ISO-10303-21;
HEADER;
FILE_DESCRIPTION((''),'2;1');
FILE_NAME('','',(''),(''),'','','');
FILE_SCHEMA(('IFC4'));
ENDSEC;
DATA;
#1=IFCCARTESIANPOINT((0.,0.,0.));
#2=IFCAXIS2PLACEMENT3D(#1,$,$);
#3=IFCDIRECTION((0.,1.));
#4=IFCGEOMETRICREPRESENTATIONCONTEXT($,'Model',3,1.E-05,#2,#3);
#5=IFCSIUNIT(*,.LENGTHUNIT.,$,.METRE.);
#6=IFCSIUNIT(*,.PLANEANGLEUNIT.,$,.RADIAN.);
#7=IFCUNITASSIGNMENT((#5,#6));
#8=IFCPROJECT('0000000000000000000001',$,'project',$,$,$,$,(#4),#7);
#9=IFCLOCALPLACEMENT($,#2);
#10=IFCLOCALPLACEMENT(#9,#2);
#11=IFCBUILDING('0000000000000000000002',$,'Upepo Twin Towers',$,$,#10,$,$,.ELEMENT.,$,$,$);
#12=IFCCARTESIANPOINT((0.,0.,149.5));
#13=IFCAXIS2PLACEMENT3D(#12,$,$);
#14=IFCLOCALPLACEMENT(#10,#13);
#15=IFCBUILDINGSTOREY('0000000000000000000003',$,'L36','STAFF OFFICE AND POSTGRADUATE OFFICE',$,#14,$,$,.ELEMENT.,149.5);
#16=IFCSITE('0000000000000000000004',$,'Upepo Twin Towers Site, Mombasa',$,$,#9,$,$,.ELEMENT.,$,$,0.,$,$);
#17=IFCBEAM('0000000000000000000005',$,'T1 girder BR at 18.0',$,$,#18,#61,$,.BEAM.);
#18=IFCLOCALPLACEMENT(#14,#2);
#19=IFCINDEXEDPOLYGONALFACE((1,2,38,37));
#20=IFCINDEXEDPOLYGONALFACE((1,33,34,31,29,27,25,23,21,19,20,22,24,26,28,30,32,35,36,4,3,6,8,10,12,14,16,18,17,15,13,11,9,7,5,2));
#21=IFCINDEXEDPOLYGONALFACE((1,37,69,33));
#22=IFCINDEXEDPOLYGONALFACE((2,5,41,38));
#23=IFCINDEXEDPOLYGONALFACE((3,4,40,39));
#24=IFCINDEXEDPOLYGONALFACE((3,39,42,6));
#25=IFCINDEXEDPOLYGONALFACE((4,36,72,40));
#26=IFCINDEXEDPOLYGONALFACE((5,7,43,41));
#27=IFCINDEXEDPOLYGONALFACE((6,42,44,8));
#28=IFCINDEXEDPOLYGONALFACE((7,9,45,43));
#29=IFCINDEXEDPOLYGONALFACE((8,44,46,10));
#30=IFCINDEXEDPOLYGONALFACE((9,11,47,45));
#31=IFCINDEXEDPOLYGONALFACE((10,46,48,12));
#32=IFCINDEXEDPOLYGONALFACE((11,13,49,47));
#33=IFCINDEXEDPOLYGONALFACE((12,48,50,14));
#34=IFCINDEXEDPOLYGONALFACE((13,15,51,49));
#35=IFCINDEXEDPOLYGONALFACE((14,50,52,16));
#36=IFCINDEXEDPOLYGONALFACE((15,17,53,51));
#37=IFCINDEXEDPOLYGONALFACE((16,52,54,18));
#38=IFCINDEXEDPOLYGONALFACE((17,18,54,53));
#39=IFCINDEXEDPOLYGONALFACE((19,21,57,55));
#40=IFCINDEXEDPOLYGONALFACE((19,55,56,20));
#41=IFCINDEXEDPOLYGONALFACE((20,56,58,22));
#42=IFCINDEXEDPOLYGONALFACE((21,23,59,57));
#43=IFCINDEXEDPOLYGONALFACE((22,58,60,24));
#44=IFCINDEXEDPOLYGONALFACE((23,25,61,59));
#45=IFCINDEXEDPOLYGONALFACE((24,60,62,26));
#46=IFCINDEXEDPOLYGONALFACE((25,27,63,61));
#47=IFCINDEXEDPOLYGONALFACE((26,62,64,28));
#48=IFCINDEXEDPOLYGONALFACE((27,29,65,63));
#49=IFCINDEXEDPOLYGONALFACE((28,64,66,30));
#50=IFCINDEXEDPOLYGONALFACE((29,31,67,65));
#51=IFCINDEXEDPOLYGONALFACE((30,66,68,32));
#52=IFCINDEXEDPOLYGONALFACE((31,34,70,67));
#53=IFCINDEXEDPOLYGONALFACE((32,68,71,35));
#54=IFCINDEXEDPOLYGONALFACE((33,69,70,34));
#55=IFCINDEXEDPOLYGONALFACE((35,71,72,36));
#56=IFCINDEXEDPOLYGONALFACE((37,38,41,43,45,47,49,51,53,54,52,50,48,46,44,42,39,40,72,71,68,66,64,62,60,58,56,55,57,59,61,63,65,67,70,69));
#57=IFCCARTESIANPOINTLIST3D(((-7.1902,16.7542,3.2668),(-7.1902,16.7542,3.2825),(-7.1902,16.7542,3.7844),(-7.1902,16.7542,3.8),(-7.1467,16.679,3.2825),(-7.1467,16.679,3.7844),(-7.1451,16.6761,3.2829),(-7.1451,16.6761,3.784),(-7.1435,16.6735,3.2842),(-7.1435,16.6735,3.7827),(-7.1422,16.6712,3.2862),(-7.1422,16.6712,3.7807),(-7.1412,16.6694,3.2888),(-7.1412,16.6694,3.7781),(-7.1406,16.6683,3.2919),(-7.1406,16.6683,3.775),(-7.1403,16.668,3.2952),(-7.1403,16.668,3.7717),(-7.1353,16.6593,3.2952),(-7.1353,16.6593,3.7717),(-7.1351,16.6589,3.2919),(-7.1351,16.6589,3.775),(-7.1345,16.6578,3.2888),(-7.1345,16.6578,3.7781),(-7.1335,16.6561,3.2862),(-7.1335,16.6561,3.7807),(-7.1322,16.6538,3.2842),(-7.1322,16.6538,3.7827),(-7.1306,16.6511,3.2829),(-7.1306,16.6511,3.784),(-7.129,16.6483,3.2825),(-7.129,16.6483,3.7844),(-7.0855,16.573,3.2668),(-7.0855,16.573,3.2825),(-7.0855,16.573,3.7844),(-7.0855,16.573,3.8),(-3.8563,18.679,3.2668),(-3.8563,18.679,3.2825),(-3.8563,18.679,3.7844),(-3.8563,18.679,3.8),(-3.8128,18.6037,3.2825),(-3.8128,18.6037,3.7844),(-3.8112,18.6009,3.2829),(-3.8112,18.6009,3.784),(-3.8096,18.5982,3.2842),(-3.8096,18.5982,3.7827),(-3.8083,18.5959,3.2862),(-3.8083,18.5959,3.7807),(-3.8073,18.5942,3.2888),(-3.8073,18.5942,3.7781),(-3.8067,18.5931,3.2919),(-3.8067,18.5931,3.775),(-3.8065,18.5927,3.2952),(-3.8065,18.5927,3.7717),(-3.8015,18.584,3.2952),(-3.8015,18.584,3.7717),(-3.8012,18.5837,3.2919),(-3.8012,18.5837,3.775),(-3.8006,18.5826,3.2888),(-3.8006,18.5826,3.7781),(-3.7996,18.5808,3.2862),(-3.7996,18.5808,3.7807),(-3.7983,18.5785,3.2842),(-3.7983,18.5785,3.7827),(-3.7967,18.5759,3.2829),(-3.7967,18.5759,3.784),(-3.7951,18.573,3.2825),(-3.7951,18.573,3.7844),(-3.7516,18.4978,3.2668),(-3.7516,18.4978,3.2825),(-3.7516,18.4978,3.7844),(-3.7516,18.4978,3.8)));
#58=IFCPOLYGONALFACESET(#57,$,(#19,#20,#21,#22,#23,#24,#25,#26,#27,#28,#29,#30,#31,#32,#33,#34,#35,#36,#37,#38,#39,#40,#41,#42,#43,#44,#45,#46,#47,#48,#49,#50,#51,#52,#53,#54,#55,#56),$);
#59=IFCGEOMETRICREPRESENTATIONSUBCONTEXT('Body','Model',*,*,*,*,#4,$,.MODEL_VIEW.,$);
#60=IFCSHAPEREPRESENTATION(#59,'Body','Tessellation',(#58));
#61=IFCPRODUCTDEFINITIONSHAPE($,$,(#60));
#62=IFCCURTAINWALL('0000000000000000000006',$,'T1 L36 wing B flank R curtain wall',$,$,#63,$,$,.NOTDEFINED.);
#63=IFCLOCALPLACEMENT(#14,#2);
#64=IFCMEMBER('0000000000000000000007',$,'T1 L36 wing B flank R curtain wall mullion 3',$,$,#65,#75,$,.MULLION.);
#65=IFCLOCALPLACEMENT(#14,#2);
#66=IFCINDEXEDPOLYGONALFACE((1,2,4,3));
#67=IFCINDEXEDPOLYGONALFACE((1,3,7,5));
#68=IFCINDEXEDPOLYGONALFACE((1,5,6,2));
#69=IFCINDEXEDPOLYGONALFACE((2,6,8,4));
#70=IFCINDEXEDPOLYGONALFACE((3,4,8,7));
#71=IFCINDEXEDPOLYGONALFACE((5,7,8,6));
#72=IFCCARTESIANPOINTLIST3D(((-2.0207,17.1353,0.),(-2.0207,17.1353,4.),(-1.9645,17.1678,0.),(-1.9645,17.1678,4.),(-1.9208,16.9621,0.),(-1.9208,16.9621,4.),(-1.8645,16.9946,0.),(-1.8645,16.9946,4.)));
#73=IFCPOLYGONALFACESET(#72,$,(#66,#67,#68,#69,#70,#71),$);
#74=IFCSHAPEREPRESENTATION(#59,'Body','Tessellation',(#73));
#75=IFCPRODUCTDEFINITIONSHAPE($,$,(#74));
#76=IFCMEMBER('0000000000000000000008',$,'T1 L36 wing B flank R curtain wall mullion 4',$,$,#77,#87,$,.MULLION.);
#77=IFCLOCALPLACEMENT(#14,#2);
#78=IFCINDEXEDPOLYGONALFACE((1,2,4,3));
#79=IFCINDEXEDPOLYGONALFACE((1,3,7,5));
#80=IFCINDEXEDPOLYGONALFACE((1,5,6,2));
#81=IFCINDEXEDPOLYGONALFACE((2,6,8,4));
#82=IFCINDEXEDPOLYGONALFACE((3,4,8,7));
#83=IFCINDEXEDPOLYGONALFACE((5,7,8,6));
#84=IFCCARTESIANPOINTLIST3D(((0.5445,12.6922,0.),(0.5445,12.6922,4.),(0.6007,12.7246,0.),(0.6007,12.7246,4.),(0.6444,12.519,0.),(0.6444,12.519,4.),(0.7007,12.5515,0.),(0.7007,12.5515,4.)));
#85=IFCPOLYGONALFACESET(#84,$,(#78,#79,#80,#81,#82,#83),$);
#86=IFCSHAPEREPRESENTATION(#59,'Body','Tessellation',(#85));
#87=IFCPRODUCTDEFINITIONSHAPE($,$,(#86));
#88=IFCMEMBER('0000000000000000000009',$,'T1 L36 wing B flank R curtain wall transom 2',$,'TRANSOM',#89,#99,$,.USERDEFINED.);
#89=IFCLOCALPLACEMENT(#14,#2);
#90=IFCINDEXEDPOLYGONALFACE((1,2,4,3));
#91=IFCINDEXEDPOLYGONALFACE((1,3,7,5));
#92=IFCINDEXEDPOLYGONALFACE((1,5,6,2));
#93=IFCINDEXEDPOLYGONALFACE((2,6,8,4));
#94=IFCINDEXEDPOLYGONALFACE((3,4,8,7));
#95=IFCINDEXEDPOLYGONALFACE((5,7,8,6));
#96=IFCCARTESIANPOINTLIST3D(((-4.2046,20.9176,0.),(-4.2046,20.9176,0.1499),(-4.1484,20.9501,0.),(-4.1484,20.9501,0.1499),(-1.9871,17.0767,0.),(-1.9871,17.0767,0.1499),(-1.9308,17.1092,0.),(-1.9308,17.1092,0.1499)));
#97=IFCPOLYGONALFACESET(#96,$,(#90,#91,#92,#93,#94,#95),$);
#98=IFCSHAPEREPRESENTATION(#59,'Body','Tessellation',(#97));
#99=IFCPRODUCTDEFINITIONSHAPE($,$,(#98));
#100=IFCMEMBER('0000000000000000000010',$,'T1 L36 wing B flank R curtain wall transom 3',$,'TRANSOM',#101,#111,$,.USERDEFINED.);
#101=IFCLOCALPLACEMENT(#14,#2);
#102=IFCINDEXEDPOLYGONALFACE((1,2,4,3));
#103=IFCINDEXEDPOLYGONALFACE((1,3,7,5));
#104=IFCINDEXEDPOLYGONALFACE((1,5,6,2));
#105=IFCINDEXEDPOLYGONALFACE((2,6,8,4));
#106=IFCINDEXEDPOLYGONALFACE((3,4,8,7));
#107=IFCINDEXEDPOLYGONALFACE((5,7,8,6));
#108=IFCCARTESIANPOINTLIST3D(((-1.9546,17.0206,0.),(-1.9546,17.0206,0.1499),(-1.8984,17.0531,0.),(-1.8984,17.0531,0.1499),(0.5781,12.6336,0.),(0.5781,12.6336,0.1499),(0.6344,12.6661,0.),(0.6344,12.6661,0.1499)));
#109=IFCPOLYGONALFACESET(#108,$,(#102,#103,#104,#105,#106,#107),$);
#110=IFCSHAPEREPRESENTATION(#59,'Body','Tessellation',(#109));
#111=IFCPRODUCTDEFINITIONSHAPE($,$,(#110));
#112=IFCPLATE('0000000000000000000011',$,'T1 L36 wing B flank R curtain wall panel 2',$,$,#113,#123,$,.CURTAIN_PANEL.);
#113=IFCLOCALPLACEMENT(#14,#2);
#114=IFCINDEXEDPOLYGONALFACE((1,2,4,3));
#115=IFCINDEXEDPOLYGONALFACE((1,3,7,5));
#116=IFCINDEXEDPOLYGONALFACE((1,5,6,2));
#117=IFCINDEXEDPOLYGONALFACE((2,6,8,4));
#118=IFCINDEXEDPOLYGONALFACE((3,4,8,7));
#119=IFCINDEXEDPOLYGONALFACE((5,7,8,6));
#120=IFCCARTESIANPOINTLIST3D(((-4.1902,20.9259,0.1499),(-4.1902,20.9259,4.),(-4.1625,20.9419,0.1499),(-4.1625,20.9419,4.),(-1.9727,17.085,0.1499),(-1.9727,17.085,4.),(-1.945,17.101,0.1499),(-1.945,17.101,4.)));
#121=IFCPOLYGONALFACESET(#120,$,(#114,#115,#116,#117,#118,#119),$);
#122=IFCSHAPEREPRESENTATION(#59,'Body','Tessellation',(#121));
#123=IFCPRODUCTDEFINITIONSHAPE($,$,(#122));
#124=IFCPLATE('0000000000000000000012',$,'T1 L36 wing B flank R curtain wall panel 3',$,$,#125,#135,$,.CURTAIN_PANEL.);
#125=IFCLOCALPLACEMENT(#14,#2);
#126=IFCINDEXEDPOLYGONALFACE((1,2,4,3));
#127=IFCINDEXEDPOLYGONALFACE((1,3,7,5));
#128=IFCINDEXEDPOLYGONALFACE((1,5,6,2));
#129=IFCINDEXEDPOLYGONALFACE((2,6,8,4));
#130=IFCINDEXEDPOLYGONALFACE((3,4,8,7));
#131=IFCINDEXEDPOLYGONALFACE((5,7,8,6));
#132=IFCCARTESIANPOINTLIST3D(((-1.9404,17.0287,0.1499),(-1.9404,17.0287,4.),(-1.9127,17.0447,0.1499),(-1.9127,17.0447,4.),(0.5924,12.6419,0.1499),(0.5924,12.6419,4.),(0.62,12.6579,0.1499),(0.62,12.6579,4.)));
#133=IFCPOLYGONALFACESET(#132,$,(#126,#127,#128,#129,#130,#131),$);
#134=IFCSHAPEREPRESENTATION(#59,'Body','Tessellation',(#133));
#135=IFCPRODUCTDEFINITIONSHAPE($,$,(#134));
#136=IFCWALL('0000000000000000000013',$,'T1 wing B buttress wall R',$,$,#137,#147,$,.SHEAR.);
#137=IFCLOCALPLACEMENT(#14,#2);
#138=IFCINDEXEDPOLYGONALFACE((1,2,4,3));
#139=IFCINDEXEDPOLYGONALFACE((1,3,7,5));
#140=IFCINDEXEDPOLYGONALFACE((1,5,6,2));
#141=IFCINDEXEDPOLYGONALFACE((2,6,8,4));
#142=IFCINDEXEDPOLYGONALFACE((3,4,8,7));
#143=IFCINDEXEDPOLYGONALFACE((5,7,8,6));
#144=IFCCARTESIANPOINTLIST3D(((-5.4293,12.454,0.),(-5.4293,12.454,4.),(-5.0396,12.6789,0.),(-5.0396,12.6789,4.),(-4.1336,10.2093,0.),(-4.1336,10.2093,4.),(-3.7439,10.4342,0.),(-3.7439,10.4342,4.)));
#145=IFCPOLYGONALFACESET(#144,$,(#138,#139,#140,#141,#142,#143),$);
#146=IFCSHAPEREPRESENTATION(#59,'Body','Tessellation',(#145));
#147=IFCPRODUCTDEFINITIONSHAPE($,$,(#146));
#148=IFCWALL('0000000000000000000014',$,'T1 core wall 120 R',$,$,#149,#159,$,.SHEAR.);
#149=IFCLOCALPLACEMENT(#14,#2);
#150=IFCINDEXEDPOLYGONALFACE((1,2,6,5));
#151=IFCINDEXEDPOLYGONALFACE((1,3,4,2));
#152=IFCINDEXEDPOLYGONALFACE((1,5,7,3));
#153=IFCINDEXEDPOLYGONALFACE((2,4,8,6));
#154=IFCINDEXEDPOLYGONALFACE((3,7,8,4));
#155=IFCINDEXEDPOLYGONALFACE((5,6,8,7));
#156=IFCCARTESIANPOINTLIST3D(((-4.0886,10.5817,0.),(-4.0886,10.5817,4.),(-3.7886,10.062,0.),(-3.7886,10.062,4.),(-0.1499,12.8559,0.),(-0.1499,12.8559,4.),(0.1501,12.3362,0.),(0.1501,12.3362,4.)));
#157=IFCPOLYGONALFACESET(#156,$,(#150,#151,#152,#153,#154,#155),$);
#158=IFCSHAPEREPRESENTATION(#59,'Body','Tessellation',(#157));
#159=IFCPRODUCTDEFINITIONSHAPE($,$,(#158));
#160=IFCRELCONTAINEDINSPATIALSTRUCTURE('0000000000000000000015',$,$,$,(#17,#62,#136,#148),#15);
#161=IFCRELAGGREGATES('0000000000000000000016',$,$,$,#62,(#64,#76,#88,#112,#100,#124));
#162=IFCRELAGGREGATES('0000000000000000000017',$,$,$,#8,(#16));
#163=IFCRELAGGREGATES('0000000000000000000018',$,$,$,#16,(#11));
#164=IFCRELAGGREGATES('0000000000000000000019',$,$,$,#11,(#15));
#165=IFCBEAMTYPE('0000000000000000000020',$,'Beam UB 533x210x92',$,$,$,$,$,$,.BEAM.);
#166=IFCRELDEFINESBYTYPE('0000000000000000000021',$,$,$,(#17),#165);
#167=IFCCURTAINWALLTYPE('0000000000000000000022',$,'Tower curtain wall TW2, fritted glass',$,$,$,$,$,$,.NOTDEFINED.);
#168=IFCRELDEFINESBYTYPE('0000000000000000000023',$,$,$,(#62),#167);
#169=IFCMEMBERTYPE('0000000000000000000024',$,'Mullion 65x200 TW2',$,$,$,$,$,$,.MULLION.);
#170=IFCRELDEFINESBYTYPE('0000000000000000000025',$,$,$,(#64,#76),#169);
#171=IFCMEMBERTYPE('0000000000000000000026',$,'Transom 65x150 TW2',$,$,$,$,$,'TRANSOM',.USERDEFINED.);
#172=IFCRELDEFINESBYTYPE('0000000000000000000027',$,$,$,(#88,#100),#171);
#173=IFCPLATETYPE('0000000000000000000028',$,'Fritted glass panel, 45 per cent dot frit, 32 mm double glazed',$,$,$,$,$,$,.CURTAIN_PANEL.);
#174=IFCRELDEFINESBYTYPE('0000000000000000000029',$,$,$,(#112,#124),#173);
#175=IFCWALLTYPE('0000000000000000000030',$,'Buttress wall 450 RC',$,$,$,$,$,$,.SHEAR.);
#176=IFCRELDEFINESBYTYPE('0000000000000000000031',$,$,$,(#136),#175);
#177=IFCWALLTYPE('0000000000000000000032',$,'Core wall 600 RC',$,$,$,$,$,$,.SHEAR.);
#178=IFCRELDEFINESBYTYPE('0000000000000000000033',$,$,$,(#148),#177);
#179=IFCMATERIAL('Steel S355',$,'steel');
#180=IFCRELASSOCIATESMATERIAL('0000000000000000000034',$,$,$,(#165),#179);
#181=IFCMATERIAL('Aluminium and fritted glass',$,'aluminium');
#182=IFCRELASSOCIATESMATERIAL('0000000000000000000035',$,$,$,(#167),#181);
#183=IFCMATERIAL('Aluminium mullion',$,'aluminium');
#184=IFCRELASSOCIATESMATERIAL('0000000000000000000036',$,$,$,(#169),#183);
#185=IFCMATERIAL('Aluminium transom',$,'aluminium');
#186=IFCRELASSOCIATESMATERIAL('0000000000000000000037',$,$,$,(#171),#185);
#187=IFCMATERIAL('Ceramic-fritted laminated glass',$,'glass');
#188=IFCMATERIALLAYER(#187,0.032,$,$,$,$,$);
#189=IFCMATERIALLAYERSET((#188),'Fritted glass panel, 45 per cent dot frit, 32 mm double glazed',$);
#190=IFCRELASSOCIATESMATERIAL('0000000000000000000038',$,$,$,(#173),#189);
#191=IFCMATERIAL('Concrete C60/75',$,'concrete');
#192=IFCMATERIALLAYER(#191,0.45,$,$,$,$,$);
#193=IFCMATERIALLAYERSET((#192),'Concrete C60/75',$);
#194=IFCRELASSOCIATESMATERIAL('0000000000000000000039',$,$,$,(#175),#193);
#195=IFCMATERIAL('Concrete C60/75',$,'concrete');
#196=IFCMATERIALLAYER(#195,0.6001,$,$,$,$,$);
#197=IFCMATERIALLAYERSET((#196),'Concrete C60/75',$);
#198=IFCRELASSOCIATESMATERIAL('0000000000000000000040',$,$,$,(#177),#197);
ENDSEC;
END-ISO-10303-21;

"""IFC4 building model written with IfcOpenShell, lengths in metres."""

from ifc_helpers import new_model, si_unit, direction, frame, frame_2d, origin, origin_2d, place, context, subcontext, project, spatial, rectangle, i_section, extrude, material, layer, layer_set, material_profile, profile_set, type_object, element, aggregate, save


model = new_model("IFC4")

# Units and contexts
model_context = context("Model", 3, precision=1e-05, world=origin(), true_north=direction((0.0, 1.0)))
body_context = subcontext(model_context, "Body", "Model", "MODEL_VIEW")
ifc_project = project(units=[si_unit("LENGTHUNIT", "METRE"), si_unit("PLANEANGLEUNIT", "RADIAN")], contexts=[model_context])

# Site, building, storey
site_placement = place(None, origin())
site = spatial("IfcSite", under=ifc_project, at=site_placement, Name="Upepo Twin Towers Site, Mombasa", CompositionType="ELEMENT", RefElevation=0.0)
building_placement = place(site_placement, origin())
building = spatial("IfcBuilding", under=site, at=building_placement, Name="Upepo Twin Towers", CompositionType="ELEMENT")
storey_placement = place(building_placement, frame((0.0, 0.0, 149.5)))
storey = spatial("IfcBuildingStorey", under=building, at=storey_placement, Name="L36", Description="STAFF OFFICE AND POSTGRADUATE OFFICE", CompositionType="ELEMENT", Elevation=149.5)

# Beam
ifc_material_1 = material(Name="Steel S355", Category="steel")
ifc_material_profile_1 = material_profile(ifc_material_1, i_section(OverallWidth=0.2092, OverallDepth=0.5332, WebThickness=0.01, FlangeThickness=0.0156, FilletRadius=0.0127, at=origin_2d()), Name="UB 533x210x92")
ifc_profile_set_1 = profile_set([ifc_material_profile_1], Name="Steel S355")
beam_type_1 = type_object("IfcBeamType", Name="Beam UB 533x210x92", PredefinedType="BEAM", material=ifc_profile_set_1)
beam_1_placement = place(storey_placement, frame((-3.804, 18.5884, 3.5334), z_axis=(-0.866034, -0.499986, 0.0), x_axis=(0.499986, -0.866034, 0.0)))
element("IfcBeam", 1, at=beam_1_placement, inside=storey, type_object=beam_type_1, Name="T1 girder BR at 18.0", PredefinedType="BEAM", context=body_context, shape_type="SweptSolid", body=[
    extrude(i_section(OverallWidth=0.2092, OverallDepth=0.5332, WebThickness=0.01, FlangeThickness=0.0156, FilletRadius=0.0127, at=origin_2d()), origin(), (0.0, 0.0, 1.0), 3.8496),
])

# Curtain wall, members, plates
ifc_material_2 = material(Name="Aluminium and fritted glass", Category="aluminium")
curtain_wall_type = type_object("IfcCurtainWallType", Name="Tower curtain wall TW2, fritted glass", PredefinedType="NOTDEFINED", material=ifc_material_2)
curtain_wall_placement = place(storey_placement, origin())
curtain_wall = element("IfcCurtainWall", 2, at=curtain_wall_placement, inside=storey, type_object=curtain_wall_type, Name="T1 L36 wing B flank R curtain wall", PredefinedType="NOTDEFINED")
ifc_material_3 = material(Name="Aluminium mullion", Category="aluminium")
ifc_material_profile_2 = material_profile(ifc_material_3, rectangle(XDim=0.0649, YDim=0.2, at=origin_2d()), Name="MULLION 65x200")
ifc_profile_set_2 = profile_set([ifc_material_profile_2], Name="Aluminium mullion")
member_type_1 = type_object("IfcMemberType", Name="Mullion 65x200 TW2", PredefinedType="MULLION", material=ifc_profile_set_2)
member_1_placement = place(storey_placement, frame((-1.9426, 17.0649, 0.0), z_axis=(0.0, 0.0, 1.0), x_axis=(0.866025, 0.5, 0.0)))
member_1 = element("IfcMember", 3, at=member_1_placement, type_object=member_type_1, Name="T1 L36 wing B flank R curtain wall mullion 3", PredefinedType="MULLION", context=body_context, shape_type="SweptSolid", body=[
    extrude(rectangle(XDim=0.0649, YDim=0.2, at=origin_2d()), origin(), (0.0, 0.0, 1.0), 4.0),
])
member_2_placement = place(storey_placement, frame((0.6226, 12.6218, 0.0), z_axis=(0.0, 0.0, 1.0), x_axis=(0.866025, 0.5, 0.0)))
member_2 = element("IfcMember", 4, at=member_2_placement, type_object=member_type_1, Name="T1 L36 wing B flank R curtain wall mullion 4", PredefinedType="MULLION", context=body_context, shape_type="SweptSolid", body=[
    extrude(rectangle(XDim=0.0649, YDim=0.2, at=origin_2d()), origin(), (0.0, 0.0, 1.0), 4.0),
])
ifc_material_4 = material(Name="Aluminium transom", Category="aluminium")
ifc_material_profile_3 = material_profile(ifc_material_4, rectangle(XDim=0.0649, YDim=0.1499, at=origin_2d()), Name="TRANSOM 65x150")
ifc_profile_set_3 = profile_set([ifc_material_profile_3], Name="Aluminium transom")
member_type_2 = type_object("IfcMemberType", Name="Transom 65x150 TW2", ElementType="TRANSOM", PredefinedType="USERDEFINED", material=ifc_profile_set_3)
member_3_placement = place(storey_placement, frame((-4.1765, 20.9338, 0.075), z_axis=(0.500005, -0.866022, 0.0), x_axis=(0.866022, 0.500005, 0.0)))
member_3 = element("IfcMember", 5, at=member_3_placement, type_object=member_type_2, Name="T1 L36 wing B flank R curtain wall transom 2", ObjectType="TRANSOM", PredefinedType="USERDEFINED", context=body_context, shape_type="SweptSolid", body=[
    extrude(rectangle(XDim=0.0649, YDim=0.1499, at=origin_2d()), origin(), (0.0, 0.0, 1.0), 4.4351),
])
member_4_placement = place(storey_placement, frame((-1.9265, 17.0369, 0.075), z_axis=(0.499985, -0.866034, 0.0), x_axis=(0.866034, 0.499985, 0.0)))
member_4 = element("IfcMember", 6, at=member_4_placement, type_object=member_type_2, Name="T1 L36 wing B flank R curtain wall transom 3", ObjectType="TRANSOM", PredefinedType="USERDEFINED", context=body_context, shape_type="SweptSolid", body=[
    extrude(rectangle(XDim=0.0649, YDim=0.1499, at=origin_2d()), origin(), (0.0, 0.0, 1.0), 5.0657),
])
ifc_material_5 = material(Name="Ceramic-fritted laminated glass", Category="glass")
ifc_layer_1 = layer(ifc_material_5, 0.032)
ifc_layer_set_1 = layer_set([ifc_layer_1], Name="Fritted glass panel, 45 per cent dot frit, 32 mm double glazed")
plate_type = type_object("IfcPlateType", Name="Fritted glass panel, 45 per cent dot frit, 32 mm double glazed", PredefinedType="CURTAIN_PANEL", material=ifc_layer_set_1)
plate_1_placement = place(storey_placement, frame((-3.0676, 19.0134, 0.1499), z_axis=(0.0, 0.0, 1.0), x_axis=(0.5, -0.866025, 0.0)))
plate_1 = element("IfcPlate", 7, at=plate_1_placement, type_object=plate_type, Name="T1 L36 wing B flank R curtain wall panel 2", PredefinedType="CURTAIN_PANEL", context=body_context, shape_type="SweptSolid", body=[
    extrude(rectangle(XDim=4.4351, YDim=0.032, at=origin_2d()), origin(), (0.0, 0.0, 1.0), 3.8501),
])
plate_2_placement = place(storey_placement, frame((-0.6602, 14.8433, 0.1499), z_axis=(0.0, 0.0, 1.0), x_axis=(0.5, -0.866025, 0.0)))
plate_2 = element("IfcPlate", 8, at=plate_2_placement, type_object=plate_type, Name="T1 L36 wing B flank R curtain wall panel 3", PredefinedType="CURTAIN_PANEL", context=body_context, shape_type="SweptSolid", body=[
    extrude(rectangle(XDim=5.0654, YDim=0.032, at=origin_2d()), origin(), (0.0, 0.0, 1.0), 3.8501),
])
aggregate(curtain_wall, [member_1, member_2, member_3, plate_1, member_4, plate_2])

# Walls
ifc_material_6 = material(Name="Concrete C60/75", Category="concrete")
ifc_layer_2 = layer(ifc_material_6, 0.45)
ifc_layer_set_2 = layer_set([ifc_layer_2], Name="Concrete C60/75")
wall_type_1 = type_object("IfcWallType", Name="Buttress wall 450 RC", PredefinedType="SHEAR", material=ifc_layer_set_2)
wall_1_placement = place(storey_placement, frame((-3.9387, 10.3218, 0.0), z_axis=(0.0, 0.0, 1.0), x_axis=(-0.499918, 0.866073, 0.0)))
element("IfcWall", 9, at=wall_1_placement, inside=storey, type_object=wall_type_1, Name="T1 wing B buttress wall R", PredefinedType="SHEAR", context=body_context, shape_type="SweptSolid", body=[
    extrude(rectangle(XDim=2.5918, YDim=0.45, at=frame_2d((1.2959, 0.0))), origin(), (0.0, 0.0, 1.0), 4.0),
])
ifc_material_7 = material(Name="Concrete C60/75", Category="concrete")
ifc_layer_3 = layer(ifc_material_7, 0.6001)
ifc_layer_set_3 = layer_set([ifc_layer_3], Name="Concrete C60/75")
wall_type_2 = type_object("IfcWallType", Name="Core wall 600 RC", PredefinedType="SHEAR", material=ifc_layer_set_3)
wall_2_placement = place(storey_placement, frame((0.0, 12.5959, 0.0), z_axis=(0.0, 0.0, 1.0), x_axis=(-0.866011, -0.500024, 0.0)))
element("IfcWall", 10, at=wall_2_placement, inside=storey, type_object=wall_type_2, Name="T1 core wall 120 R", PredefinedType="SHEAR", context=body_context, shape_type="SweptSolid", body=[
    extrude(rectangle(XDim=4.5481, YDim=0.6001, at=frame_2d((2.2739, 0.0))), origin(), (0.0, 0.0, 1.0), 4.0),
])

save(model, "model.ifc")
